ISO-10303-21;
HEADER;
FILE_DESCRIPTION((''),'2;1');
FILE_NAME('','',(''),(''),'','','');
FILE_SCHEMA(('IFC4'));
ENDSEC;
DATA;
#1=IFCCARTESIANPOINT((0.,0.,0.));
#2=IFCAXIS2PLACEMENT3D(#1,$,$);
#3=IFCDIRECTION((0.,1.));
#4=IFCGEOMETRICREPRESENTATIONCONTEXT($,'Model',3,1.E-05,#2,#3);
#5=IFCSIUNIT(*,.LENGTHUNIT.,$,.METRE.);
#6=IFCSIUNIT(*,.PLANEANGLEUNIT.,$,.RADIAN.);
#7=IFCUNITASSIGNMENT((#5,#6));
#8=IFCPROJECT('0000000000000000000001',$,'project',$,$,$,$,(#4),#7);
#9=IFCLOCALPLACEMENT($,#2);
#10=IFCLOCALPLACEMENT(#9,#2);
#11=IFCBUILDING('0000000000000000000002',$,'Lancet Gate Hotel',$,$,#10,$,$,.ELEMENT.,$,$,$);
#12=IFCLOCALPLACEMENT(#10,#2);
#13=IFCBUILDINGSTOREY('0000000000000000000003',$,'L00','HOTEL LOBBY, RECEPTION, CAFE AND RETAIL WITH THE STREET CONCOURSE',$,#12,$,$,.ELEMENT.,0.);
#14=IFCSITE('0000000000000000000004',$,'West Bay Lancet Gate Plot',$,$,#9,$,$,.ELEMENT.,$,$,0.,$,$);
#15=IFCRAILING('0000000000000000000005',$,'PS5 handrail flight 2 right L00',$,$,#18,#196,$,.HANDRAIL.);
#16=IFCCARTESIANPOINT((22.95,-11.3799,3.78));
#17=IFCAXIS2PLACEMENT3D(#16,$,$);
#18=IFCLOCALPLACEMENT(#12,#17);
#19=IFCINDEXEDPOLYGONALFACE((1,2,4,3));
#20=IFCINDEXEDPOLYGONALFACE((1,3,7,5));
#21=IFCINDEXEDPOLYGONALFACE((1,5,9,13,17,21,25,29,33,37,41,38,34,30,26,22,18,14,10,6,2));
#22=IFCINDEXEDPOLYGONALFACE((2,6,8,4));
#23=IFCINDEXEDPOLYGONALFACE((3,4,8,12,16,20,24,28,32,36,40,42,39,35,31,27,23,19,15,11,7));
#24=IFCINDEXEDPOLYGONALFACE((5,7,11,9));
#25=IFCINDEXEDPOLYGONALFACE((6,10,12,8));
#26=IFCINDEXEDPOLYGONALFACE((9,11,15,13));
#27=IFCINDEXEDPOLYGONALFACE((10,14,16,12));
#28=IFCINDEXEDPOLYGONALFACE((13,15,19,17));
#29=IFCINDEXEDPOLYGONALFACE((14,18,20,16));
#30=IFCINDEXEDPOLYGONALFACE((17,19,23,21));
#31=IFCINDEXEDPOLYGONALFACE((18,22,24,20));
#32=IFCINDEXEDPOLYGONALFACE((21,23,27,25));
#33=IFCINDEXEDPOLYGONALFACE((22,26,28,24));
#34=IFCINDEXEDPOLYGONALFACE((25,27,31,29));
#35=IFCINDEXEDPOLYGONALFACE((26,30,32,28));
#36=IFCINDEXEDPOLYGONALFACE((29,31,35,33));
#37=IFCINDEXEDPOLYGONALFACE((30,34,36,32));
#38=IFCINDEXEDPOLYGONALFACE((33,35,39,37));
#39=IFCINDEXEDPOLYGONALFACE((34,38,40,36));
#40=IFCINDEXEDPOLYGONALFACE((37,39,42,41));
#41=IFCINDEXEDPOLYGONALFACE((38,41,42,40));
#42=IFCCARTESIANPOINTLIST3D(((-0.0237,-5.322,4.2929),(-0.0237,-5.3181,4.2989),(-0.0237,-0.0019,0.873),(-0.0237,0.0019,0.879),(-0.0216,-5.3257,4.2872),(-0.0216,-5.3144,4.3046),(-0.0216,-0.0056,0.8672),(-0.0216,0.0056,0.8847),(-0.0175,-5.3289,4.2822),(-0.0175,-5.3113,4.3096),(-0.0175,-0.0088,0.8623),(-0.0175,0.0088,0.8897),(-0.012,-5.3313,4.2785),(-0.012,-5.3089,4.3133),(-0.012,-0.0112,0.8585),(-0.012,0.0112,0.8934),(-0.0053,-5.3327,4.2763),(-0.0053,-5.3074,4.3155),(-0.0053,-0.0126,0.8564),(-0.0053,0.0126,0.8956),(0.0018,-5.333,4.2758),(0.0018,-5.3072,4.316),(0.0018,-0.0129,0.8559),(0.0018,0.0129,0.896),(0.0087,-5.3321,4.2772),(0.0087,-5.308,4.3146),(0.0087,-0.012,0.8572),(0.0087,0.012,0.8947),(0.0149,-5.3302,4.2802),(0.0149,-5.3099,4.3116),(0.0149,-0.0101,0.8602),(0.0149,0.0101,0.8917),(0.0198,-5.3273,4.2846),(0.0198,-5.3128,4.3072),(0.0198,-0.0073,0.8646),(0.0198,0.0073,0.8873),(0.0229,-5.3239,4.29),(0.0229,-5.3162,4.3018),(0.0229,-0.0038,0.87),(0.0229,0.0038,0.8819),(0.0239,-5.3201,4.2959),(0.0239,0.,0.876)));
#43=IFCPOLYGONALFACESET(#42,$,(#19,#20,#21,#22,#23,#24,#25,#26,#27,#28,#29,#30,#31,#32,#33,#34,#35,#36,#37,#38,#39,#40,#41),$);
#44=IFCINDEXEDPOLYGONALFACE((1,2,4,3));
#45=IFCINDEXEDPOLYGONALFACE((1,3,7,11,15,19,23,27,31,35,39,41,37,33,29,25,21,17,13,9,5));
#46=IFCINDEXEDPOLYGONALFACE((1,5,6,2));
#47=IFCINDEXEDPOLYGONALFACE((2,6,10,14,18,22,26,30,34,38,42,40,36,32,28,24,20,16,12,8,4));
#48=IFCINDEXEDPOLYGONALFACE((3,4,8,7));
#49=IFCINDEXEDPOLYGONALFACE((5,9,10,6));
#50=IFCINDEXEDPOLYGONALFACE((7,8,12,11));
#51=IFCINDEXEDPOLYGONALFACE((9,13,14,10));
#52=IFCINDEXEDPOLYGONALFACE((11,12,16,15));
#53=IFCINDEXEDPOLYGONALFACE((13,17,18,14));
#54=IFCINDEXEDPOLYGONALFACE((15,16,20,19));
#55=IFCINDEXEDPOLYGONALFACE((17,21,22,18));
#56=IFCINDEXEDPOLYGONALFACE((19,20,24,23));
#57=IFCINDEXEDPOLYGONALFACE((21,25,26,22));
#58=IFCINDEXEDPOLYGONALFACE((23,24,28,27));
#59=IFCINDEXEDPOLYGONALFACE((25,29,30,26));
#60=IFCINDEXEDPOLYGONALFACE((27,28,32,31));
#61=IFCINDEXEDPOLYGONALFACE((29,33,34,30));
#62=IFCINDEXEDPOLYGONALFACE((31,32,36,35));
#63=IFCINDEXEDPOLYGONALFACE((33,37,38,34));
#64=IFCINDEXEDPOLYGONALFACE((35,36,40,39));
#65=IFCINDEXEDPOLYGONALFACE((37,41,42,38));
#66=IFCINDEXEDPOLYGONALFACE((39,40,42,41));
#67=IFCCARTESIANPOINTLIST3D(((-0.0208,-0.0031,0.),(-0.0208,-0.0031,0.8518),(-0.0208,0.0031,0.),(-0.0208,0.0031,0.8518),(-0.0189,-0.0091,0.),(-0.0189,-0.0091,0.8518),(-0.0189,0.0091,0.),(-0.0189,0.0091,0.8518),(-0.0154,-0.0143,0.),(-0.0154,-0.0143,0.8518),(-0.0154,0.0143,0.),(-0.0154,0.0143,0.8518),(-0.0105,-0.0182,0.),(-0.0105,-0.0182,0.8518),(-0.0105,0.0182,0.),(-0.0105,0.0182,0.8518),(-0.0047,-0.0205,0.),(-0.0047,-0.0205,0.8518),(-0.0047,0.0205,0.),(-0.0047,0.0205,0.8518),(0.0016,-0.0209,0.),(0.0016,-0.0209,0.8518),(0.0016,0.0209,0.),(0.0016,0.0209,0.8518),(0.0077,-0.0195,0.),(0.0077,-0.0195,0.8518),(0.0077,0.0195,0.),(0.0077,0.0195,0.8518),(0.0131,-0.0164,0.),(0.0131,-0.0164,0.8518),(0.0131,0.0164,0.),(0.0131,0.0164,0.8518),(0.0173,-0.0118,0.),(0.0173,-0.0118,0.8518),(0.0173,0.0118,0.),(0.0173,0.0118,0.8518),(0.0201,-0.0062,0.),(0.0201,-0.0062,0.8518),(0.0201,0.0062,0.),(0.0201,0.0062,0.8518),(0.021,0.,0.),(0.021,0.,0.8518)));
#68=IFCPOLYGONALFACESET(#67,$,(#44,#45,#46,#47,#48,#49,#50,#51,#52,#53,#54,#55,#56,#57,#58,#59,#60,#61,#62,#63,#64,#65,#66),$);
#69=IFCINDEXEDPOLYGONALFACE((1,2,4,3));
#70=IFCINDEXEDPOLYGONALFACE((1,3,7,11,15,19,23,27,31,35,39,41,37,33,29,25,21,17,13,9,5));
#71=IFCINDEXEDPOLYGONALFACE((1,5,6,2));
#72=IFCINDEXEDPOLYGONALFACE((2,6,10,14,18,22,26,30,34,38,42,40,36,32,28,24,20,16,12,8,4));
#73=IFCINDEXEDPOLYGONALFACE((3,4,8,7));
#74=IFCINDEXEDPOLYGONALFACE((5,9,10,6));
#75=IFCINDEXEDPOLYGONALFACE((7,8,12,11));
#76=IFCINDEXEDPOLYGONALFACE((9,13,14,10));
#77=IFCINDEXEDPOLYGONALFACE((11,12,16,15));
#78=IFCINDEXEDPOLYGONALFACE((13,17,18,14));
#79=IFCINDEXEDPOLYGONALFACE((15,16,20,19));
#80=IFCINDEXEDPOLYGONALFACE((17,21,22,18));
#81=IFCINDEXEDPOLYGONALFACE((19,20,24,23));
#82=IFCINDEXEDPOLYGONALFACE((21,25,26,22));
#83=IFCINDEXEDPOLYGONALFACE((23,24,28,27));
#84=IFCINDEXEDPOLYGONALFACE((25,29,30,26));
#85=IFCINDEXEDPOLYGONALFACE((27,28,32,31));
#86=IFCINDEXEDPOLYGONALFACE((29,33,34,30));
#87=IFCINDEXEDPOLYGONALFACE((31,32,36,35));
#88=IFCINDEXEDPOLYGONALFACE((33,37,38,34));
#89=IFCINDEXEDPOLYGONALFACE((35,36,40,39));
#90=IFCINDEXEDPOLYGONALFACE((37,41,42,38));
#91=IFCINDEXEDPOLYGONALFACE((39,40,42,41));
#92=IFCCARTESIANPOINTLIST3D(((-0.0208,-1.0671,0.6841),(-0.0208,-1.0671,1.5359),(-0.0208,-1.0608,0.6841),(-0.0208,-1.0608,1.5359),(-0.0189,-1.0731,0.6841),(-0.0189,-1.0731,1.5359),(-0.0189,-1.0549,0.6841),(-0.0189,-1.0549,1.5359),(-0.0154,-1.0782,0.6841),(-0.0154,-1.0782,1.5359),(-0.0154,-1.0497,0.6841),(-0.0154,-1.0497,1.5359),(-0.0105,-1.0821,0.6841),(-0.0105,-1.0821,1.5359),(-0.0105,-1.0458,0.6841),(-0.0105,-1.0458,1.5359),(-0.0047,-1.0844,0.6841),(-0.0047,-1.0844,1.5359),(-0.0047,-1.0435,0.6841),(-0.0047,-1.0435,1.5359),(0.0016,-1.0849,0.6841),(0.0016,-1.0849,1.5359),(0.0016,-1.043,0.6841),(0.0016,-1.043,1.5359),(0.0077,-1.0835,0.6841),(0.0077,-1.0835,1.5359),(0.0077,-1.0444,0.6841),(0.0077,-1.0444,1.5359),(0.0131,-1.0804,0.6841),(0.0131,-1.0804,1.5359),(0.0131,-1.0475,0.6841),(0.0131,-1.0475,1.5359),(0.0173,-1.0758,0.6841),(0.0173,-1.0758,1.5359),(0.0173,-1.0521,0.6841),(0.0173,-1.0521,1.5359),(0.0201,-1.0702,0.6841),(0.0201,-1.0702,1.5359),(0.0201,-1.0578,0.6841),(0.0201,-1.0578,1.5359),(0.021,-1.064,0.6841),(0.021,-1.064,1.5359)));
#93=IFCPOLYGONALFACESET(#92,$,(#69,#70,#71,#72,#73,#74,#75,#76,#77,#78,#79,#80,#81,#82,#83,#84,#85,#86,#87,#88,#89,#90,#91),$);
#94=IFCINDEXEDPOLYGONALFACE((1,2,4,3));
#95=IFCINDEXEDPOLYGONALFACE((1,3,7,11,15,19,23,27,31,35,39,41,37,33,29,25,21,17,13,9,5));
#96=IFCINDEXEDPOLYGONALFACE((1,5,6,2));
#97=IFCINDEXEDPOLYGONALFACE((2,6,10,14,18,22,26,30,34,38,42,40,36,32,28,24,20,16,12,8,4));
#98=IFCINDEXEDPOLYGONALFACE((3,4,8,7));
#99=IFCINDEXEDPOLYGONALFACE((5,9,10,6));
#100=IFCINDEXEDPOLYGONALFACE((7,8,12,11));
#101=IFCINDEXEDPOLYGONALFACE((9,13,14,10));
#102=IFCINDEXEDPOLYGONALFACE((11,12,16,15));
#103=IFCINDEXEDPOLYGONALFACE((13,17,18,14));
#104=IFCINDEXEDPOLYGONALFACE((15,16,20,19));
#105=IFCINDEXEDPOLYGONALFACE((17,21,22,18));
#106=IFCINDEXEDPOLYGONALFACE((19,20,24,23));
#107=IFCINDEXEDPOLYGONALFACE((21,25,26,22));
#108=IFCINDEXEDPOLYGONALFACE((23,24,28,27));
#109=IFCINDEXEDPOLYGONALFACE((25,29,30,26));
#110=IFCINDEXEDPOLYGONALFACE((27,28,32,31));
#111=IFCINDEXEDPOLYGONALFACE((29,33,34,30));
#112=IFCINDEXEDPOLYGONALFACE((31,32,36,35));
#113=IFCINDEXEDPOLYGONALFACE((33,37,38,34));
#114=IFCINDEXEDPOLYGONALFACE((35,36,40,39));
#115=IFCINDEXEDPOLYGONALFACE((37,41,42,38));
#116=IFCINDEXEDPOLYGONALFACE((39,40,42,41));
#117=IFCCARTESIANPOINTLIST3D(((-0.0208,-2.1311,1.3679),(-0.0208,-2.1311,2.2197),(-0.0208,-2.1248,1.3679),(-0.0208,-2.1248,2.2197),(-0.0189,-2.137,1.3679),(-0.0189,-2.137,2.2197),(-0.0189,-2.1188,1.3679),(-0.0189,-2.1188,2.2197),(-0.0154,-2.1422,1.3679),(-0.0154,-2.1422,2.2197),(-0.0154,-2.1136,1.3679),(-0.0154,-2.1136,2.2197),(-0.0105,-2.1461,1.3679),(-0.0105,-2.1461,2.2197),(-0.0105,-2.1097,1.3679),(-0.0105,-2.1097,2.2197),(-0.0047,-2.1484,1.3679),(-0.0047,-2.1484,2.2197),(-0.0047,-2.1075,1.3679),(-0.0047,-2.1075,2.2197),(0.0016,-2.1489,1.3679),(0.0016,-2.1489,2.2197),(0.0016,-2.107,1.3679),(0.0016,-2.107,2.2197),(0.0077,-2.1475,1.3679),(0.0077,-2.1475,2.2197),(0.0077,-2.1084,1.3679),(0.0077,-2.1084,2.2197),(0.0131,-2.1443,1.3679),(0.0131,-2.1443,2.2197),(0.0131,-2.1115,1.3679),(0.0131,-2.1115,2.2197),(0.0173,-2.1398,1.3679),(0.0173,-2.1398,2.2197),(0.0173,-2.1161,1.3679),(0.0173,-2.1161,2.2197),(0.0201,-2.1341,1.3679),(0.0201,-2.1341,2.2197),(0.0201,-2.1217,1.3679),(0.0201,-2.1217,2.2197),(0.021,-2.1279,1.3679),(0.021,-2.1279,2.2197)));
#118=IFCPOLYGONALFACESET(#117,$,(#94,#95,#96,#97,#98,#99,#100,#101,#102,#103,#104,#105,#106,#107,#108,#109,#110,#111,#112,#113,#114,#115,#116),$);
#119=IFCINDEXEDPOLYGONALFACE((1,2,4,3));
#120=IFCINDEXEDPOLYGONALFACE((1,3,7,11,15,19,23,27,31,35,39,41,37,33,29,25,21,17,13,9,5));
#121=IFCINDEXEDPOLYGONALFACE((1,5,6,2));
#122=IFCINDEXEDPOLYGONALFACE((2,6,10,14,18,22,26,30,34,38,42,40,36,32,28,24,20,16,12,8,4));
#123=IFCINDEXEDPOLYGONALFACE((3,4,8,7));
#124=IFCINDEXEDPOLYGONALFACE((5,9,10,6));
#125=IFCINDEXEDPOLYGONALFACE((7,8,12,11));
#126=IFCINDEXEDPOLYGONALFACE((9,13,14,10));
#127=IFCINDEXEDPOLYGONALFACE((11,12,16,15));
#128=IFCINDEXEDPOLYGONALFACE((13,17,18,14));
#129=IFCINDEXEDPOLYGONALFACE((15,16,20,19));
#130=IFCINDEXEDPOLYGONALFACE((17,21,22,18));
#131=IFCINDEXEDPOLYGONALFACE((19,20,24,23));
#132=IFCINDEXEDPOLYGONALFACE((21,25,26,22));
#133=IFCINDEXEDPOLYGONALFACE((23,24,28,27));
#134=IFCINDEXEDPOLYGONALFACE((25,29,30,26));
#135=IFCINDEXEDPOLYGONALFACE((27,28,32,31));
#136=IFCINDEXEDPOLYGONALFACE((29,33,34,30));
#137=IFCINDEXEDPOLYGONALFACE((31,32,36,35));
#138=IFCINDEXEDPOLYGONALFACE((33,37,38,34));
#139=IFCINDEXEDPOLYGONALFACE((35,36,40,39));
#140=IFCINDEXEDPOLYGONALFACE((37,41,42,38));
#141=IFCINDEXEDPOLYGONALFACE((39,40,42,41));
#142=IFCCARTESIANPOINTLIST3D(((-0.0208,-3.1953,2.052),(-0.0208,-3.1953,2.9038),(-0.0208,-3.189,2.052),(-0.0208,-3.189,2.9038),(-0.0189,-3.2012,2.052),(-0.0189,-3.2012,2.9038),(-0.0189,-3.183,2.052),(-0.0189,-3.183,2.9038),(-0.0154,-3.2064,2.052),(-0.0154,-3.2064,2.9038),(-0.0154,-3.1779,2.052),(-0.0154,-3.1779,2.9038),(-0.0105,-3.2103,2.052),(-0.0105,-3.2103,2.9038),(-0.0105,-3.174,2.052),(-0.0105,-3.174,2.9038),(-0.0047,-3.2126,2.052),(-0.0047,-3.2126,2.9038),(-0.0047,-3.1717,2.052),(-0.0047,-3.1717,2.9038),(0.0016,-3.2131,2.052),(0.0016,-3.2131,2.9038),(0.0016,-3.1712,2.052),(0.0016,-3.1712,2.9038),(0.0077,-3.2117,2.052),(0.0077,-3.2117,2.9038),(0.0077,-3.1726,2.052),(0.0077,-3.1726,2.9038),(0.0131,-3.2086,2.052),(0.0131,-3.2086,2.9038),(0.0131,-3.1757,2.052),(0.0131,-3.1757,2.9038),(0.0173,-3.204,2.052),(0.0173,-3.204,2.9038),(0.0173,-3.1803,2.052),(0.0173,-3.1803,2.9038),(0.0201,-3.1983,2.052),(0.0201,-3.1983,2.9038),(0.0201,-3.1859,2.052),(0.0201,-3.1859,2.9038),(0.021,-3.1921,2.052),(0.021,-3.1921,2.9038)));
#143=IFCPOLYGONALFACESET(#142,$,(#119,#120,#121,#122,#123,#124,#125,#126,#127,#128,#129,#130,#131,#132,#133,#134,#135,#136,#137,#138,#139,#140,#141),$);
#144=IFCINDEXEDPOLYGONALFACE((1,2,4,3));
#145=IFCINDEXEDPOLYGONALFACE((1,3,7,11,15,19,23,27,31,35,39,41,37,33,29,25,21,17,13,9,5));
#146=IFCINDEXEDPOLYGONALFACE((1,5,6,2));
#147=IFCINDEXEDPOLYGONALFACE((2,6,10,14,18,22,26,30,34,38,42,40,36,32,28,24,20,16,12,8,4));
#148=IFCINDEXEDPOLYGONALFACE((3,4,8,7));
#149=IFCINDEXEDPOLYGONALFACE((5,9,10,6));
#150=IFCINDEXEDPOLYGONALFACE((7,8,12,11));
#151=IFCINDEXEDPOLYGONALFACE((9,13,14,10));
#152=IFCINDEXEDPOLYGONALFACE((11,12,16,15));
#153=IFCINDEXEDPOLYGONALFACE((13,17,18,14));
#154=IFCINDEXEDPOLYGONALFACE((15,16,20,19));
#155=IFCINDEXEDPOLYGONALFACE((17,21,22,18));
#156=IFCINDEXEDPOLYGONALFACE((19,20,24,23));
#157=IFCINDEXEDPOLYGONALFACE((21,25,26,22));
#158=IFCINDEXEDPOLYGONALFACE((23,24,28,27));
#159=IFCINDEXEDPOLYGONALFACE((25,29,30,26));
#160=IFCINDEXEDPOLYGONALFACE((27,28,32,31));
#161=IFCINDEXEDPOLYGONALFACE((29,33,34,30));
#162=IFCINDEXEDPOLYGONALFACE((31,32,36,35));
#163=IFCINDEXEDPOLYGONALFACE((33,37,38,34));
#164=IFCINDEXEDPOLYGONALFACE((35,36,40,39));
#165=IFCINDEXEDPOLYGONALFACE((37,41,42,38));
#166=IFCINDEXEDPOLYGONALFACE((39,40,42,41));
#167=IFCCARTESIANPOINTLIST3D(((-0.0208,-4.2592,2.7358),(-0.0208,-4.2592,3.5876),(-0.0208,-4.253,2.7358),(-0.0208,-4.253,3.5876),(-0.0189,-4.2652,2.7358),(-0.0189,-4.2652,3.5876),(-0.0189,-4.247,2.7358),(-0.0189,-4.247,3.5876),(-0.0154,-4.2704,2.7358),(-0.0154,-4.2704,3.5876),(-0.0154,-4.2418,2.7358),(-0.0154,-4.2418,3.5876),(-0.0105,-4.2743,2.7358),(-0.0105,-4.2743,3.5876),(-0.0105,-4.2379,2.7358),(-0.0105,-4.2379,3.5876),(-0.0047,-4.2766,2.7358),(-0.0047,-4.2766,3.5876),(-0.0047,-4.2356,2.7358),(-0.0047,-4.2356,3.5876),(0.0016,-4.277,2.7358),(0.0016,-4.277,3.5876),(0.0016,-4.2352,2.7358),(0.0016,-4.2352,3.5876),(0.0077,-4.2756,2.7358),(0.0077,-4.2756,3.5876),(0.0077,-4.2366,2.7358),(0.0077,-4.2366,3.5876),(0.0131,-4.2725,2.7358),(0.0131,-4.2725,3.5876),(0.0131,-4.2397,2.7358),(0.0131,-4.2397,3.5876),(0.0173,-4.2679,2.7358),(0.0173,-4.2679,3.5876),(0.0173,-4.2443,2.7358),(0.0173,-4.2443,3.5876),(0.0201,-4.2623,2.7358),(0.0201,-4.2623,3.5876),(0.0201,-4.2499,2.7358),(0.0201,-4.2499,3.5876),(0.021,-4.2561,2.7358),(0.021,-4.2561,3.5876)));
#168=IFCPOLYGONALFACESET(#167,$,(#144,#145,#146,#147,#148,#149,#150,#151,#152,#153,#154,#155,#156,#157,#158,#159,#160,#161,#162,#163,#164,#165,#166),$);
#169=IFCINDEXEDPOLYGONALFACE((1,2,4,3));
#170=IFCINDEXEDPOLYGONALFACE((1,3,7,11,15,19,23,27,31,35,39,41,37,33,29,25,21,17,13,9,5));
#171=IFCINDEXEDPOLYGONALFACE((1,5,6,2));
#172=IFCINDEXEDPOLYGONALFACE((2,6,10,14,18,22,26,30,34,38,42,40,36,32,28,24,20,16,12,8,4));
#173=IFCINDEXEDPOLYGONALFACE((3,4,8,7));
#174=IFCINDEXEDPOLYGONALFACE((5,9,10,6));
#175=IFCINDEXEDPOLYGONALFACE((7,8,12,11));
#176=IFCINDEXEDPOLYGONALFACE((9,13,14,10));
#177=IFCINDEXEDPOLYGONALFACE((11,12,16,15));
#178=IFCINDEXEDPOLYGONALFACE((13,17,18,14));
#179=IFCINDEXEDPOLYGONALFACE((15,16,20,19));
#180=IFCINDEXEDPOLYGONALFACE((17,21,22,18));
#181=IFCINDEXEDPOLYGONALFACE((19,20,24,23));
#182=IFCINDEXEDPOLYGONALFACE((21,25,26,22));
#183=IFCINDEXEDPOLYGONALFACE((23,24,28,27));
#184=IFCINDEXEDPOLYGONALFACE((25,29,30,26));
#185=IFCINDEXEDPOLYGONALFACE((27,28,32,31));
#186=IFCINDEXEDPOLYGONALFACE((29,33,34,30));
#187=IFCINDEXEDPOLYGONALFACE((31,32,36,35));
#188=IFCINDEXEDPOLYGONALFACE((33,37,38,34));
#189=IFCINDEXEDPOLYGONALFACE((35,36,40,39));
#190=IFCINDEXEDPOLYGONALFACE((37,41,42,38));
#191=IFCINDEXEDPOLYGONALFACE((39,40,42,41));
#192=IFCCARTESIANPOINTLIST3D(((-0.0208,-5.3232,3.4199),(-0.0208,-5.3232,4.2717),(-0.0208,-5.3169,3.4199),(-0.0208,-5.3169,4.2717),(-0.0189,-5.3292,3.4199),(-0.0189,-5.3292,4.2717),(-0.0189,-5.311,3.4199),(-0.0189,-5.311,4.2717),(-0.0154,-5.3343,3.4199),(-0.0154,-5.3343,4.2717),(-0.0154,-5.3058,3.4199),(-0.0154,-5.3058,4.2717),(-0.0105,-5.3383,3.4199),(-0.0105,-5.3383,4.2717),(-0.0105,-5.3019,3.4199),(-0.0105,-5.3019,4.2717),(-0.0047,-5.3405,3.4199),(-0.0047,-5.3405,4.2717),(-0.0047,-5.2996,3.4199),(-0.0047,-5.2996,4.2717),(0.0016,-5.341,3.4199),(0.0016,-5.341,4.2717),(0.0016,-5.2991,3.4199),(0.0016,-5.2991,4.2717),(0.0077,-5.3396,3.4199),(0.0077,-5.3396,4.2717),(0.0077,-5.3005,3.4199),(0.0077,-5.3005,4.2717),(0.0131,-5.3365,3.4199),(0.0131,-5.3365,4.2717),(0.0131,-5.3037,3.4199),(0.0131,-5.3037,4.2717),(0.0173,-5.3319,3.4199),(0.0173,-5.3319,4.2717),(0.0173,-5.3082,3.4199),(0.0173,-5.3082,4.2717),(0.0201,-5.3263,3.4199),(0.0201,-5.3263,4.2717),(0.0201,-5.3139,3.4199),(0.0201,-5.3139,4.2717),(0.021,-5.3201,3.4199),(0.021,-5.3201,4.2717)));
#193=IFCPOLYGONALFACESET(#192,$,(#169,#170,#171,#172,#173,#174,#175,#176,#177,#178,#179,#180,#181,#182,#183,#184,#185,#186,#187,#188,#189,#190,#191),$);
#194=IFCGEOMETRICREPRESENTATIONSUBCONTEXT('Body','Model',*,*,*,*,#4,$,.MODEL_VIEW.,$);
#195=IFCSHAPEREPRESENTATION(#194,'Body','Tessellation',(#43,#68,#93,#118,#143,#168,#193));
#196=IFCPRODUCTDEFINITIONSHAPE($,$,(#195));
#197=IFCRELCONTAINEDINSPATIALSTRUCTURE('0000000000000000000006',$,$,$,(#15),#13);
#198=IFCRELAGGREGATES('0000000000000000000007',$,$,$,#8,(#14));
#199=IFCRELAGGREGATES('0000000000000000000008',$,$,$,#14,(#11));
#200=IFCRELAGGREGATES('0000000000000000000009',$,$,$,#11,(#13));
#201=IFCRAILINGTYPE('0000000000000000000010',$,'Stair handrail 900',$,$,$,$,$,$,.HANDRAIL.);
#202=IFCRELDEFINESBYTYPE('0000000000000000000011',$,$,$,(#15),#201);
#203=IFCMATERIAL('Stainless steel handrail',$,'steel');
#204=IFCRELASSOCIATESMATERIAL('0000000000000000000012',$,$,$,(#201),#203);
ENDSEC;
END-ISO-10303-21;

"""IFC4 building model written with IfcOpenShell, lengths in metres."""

from ifc_helpers import new_model, si_unit, direction, frame, origin, origin_2d, place, context, subcontext, project, spatial, circle, extrude, material, type_object, element, save


model = new_model("IFC4")

# Units and contexts
model_context = context("Model", 3, precision=1e-05, world=origin(), true_north=direction((0.0, 1.0)))
body_context = subcontext(model_context, "Body", "Model", "MODEL_VIEW")
ifc_project = project(units=[si_unit("LENGTHUNIT", "METRE"), si_unit("PLANEANGLEUNIT", "RADIAN")], contexts=[model_context])

# Site, building, storey
site_placement = place(None, origin())
site = spatial("IfcSite", under=ifc_project, at=site_placement, Name="West Bay Lancet Gate Plot", CompositionType="ELEMENT", RefElevation=0.0)
building_placement = place(site_placement, origin())
building = spatial("IfcBuilding", under=site, at=building_placement, Name="Lancet Gate Hotel", CompositionType="ELEMENT")
storey_placement = place(building_placement, origin())
storey = spatial("IfcBuildingStorey", under=building, at=storey_placement, Name="L00", Description="HOTEL LOBBY, RECEPTION, CAFE AND RETAIL WITH THE STREET CONCOURSE", CompositionType="ELEMENT", Elevation=0.0)

# Railing
ifc_material_1 = material(Name="Stainless steel handrail", Category="steel")
railing_type_1 = type_object("IfcRailingType", Name="Stair handrail 900", PredefinedType="HANDRAIL", material=ifc_material_1)
for number, where, name in (
    (1, (22.95, -11.3799, 3.78), "PS5 handrail flight 2 right L00"),
):
    element("IfcRailing", number, at=place(storey_placement, frame(where)), inside=storey, type_object=railing_type_1, Name=name, PredefinedType="HANDRAIL", context=body_context, shape_type="SweptSolid", body=[
        extrude(circle(Radius=0.0239, at=origin_2d()), frame((0.0, 0.0, 0.876), z_axis=(0.0, -0.841187, 0.540744), x_axis=(1.0, 0.0, 0.0)), (0.0, 0.0, 1.0), 6.3245),
        extrude(circle(Radius=0.021, at=origin_2d()), origin(), (0.0, 0.0, 1.0), 0.8518),
        extrude(circle(Radius=0.021, at=origin_2d()), frame((0.0, -1.064, 0.6841)), (0.0, 0.0, 1.0), 0.8518),
        extrude(circle(Radius=0.021, at=origin_2d()), frame((0.0, -2.1279, 1.3679)), (0.0, 0.0, 1.0), 0.8518),
        extrude(circle(Radius=0.021, at=origin_2d()), frame((0.0, -3.1921, 2.052)), (0.0, 0.0, 1.0), 0.8518),
        extrude(circle(Radius=0.021, at=origin_2d()), frame((0.0, -4.2561, 2.7358)), (0.0, 0.0, 1.0), 0.8518),
        extrude(circle(Radius=0.021, at=origin_2d()), frame((0.0, -5.3201, 3.4199)), (0.0, 0.0, 1.0), 0.8518),
    ])

save(model, "model.ifc")
